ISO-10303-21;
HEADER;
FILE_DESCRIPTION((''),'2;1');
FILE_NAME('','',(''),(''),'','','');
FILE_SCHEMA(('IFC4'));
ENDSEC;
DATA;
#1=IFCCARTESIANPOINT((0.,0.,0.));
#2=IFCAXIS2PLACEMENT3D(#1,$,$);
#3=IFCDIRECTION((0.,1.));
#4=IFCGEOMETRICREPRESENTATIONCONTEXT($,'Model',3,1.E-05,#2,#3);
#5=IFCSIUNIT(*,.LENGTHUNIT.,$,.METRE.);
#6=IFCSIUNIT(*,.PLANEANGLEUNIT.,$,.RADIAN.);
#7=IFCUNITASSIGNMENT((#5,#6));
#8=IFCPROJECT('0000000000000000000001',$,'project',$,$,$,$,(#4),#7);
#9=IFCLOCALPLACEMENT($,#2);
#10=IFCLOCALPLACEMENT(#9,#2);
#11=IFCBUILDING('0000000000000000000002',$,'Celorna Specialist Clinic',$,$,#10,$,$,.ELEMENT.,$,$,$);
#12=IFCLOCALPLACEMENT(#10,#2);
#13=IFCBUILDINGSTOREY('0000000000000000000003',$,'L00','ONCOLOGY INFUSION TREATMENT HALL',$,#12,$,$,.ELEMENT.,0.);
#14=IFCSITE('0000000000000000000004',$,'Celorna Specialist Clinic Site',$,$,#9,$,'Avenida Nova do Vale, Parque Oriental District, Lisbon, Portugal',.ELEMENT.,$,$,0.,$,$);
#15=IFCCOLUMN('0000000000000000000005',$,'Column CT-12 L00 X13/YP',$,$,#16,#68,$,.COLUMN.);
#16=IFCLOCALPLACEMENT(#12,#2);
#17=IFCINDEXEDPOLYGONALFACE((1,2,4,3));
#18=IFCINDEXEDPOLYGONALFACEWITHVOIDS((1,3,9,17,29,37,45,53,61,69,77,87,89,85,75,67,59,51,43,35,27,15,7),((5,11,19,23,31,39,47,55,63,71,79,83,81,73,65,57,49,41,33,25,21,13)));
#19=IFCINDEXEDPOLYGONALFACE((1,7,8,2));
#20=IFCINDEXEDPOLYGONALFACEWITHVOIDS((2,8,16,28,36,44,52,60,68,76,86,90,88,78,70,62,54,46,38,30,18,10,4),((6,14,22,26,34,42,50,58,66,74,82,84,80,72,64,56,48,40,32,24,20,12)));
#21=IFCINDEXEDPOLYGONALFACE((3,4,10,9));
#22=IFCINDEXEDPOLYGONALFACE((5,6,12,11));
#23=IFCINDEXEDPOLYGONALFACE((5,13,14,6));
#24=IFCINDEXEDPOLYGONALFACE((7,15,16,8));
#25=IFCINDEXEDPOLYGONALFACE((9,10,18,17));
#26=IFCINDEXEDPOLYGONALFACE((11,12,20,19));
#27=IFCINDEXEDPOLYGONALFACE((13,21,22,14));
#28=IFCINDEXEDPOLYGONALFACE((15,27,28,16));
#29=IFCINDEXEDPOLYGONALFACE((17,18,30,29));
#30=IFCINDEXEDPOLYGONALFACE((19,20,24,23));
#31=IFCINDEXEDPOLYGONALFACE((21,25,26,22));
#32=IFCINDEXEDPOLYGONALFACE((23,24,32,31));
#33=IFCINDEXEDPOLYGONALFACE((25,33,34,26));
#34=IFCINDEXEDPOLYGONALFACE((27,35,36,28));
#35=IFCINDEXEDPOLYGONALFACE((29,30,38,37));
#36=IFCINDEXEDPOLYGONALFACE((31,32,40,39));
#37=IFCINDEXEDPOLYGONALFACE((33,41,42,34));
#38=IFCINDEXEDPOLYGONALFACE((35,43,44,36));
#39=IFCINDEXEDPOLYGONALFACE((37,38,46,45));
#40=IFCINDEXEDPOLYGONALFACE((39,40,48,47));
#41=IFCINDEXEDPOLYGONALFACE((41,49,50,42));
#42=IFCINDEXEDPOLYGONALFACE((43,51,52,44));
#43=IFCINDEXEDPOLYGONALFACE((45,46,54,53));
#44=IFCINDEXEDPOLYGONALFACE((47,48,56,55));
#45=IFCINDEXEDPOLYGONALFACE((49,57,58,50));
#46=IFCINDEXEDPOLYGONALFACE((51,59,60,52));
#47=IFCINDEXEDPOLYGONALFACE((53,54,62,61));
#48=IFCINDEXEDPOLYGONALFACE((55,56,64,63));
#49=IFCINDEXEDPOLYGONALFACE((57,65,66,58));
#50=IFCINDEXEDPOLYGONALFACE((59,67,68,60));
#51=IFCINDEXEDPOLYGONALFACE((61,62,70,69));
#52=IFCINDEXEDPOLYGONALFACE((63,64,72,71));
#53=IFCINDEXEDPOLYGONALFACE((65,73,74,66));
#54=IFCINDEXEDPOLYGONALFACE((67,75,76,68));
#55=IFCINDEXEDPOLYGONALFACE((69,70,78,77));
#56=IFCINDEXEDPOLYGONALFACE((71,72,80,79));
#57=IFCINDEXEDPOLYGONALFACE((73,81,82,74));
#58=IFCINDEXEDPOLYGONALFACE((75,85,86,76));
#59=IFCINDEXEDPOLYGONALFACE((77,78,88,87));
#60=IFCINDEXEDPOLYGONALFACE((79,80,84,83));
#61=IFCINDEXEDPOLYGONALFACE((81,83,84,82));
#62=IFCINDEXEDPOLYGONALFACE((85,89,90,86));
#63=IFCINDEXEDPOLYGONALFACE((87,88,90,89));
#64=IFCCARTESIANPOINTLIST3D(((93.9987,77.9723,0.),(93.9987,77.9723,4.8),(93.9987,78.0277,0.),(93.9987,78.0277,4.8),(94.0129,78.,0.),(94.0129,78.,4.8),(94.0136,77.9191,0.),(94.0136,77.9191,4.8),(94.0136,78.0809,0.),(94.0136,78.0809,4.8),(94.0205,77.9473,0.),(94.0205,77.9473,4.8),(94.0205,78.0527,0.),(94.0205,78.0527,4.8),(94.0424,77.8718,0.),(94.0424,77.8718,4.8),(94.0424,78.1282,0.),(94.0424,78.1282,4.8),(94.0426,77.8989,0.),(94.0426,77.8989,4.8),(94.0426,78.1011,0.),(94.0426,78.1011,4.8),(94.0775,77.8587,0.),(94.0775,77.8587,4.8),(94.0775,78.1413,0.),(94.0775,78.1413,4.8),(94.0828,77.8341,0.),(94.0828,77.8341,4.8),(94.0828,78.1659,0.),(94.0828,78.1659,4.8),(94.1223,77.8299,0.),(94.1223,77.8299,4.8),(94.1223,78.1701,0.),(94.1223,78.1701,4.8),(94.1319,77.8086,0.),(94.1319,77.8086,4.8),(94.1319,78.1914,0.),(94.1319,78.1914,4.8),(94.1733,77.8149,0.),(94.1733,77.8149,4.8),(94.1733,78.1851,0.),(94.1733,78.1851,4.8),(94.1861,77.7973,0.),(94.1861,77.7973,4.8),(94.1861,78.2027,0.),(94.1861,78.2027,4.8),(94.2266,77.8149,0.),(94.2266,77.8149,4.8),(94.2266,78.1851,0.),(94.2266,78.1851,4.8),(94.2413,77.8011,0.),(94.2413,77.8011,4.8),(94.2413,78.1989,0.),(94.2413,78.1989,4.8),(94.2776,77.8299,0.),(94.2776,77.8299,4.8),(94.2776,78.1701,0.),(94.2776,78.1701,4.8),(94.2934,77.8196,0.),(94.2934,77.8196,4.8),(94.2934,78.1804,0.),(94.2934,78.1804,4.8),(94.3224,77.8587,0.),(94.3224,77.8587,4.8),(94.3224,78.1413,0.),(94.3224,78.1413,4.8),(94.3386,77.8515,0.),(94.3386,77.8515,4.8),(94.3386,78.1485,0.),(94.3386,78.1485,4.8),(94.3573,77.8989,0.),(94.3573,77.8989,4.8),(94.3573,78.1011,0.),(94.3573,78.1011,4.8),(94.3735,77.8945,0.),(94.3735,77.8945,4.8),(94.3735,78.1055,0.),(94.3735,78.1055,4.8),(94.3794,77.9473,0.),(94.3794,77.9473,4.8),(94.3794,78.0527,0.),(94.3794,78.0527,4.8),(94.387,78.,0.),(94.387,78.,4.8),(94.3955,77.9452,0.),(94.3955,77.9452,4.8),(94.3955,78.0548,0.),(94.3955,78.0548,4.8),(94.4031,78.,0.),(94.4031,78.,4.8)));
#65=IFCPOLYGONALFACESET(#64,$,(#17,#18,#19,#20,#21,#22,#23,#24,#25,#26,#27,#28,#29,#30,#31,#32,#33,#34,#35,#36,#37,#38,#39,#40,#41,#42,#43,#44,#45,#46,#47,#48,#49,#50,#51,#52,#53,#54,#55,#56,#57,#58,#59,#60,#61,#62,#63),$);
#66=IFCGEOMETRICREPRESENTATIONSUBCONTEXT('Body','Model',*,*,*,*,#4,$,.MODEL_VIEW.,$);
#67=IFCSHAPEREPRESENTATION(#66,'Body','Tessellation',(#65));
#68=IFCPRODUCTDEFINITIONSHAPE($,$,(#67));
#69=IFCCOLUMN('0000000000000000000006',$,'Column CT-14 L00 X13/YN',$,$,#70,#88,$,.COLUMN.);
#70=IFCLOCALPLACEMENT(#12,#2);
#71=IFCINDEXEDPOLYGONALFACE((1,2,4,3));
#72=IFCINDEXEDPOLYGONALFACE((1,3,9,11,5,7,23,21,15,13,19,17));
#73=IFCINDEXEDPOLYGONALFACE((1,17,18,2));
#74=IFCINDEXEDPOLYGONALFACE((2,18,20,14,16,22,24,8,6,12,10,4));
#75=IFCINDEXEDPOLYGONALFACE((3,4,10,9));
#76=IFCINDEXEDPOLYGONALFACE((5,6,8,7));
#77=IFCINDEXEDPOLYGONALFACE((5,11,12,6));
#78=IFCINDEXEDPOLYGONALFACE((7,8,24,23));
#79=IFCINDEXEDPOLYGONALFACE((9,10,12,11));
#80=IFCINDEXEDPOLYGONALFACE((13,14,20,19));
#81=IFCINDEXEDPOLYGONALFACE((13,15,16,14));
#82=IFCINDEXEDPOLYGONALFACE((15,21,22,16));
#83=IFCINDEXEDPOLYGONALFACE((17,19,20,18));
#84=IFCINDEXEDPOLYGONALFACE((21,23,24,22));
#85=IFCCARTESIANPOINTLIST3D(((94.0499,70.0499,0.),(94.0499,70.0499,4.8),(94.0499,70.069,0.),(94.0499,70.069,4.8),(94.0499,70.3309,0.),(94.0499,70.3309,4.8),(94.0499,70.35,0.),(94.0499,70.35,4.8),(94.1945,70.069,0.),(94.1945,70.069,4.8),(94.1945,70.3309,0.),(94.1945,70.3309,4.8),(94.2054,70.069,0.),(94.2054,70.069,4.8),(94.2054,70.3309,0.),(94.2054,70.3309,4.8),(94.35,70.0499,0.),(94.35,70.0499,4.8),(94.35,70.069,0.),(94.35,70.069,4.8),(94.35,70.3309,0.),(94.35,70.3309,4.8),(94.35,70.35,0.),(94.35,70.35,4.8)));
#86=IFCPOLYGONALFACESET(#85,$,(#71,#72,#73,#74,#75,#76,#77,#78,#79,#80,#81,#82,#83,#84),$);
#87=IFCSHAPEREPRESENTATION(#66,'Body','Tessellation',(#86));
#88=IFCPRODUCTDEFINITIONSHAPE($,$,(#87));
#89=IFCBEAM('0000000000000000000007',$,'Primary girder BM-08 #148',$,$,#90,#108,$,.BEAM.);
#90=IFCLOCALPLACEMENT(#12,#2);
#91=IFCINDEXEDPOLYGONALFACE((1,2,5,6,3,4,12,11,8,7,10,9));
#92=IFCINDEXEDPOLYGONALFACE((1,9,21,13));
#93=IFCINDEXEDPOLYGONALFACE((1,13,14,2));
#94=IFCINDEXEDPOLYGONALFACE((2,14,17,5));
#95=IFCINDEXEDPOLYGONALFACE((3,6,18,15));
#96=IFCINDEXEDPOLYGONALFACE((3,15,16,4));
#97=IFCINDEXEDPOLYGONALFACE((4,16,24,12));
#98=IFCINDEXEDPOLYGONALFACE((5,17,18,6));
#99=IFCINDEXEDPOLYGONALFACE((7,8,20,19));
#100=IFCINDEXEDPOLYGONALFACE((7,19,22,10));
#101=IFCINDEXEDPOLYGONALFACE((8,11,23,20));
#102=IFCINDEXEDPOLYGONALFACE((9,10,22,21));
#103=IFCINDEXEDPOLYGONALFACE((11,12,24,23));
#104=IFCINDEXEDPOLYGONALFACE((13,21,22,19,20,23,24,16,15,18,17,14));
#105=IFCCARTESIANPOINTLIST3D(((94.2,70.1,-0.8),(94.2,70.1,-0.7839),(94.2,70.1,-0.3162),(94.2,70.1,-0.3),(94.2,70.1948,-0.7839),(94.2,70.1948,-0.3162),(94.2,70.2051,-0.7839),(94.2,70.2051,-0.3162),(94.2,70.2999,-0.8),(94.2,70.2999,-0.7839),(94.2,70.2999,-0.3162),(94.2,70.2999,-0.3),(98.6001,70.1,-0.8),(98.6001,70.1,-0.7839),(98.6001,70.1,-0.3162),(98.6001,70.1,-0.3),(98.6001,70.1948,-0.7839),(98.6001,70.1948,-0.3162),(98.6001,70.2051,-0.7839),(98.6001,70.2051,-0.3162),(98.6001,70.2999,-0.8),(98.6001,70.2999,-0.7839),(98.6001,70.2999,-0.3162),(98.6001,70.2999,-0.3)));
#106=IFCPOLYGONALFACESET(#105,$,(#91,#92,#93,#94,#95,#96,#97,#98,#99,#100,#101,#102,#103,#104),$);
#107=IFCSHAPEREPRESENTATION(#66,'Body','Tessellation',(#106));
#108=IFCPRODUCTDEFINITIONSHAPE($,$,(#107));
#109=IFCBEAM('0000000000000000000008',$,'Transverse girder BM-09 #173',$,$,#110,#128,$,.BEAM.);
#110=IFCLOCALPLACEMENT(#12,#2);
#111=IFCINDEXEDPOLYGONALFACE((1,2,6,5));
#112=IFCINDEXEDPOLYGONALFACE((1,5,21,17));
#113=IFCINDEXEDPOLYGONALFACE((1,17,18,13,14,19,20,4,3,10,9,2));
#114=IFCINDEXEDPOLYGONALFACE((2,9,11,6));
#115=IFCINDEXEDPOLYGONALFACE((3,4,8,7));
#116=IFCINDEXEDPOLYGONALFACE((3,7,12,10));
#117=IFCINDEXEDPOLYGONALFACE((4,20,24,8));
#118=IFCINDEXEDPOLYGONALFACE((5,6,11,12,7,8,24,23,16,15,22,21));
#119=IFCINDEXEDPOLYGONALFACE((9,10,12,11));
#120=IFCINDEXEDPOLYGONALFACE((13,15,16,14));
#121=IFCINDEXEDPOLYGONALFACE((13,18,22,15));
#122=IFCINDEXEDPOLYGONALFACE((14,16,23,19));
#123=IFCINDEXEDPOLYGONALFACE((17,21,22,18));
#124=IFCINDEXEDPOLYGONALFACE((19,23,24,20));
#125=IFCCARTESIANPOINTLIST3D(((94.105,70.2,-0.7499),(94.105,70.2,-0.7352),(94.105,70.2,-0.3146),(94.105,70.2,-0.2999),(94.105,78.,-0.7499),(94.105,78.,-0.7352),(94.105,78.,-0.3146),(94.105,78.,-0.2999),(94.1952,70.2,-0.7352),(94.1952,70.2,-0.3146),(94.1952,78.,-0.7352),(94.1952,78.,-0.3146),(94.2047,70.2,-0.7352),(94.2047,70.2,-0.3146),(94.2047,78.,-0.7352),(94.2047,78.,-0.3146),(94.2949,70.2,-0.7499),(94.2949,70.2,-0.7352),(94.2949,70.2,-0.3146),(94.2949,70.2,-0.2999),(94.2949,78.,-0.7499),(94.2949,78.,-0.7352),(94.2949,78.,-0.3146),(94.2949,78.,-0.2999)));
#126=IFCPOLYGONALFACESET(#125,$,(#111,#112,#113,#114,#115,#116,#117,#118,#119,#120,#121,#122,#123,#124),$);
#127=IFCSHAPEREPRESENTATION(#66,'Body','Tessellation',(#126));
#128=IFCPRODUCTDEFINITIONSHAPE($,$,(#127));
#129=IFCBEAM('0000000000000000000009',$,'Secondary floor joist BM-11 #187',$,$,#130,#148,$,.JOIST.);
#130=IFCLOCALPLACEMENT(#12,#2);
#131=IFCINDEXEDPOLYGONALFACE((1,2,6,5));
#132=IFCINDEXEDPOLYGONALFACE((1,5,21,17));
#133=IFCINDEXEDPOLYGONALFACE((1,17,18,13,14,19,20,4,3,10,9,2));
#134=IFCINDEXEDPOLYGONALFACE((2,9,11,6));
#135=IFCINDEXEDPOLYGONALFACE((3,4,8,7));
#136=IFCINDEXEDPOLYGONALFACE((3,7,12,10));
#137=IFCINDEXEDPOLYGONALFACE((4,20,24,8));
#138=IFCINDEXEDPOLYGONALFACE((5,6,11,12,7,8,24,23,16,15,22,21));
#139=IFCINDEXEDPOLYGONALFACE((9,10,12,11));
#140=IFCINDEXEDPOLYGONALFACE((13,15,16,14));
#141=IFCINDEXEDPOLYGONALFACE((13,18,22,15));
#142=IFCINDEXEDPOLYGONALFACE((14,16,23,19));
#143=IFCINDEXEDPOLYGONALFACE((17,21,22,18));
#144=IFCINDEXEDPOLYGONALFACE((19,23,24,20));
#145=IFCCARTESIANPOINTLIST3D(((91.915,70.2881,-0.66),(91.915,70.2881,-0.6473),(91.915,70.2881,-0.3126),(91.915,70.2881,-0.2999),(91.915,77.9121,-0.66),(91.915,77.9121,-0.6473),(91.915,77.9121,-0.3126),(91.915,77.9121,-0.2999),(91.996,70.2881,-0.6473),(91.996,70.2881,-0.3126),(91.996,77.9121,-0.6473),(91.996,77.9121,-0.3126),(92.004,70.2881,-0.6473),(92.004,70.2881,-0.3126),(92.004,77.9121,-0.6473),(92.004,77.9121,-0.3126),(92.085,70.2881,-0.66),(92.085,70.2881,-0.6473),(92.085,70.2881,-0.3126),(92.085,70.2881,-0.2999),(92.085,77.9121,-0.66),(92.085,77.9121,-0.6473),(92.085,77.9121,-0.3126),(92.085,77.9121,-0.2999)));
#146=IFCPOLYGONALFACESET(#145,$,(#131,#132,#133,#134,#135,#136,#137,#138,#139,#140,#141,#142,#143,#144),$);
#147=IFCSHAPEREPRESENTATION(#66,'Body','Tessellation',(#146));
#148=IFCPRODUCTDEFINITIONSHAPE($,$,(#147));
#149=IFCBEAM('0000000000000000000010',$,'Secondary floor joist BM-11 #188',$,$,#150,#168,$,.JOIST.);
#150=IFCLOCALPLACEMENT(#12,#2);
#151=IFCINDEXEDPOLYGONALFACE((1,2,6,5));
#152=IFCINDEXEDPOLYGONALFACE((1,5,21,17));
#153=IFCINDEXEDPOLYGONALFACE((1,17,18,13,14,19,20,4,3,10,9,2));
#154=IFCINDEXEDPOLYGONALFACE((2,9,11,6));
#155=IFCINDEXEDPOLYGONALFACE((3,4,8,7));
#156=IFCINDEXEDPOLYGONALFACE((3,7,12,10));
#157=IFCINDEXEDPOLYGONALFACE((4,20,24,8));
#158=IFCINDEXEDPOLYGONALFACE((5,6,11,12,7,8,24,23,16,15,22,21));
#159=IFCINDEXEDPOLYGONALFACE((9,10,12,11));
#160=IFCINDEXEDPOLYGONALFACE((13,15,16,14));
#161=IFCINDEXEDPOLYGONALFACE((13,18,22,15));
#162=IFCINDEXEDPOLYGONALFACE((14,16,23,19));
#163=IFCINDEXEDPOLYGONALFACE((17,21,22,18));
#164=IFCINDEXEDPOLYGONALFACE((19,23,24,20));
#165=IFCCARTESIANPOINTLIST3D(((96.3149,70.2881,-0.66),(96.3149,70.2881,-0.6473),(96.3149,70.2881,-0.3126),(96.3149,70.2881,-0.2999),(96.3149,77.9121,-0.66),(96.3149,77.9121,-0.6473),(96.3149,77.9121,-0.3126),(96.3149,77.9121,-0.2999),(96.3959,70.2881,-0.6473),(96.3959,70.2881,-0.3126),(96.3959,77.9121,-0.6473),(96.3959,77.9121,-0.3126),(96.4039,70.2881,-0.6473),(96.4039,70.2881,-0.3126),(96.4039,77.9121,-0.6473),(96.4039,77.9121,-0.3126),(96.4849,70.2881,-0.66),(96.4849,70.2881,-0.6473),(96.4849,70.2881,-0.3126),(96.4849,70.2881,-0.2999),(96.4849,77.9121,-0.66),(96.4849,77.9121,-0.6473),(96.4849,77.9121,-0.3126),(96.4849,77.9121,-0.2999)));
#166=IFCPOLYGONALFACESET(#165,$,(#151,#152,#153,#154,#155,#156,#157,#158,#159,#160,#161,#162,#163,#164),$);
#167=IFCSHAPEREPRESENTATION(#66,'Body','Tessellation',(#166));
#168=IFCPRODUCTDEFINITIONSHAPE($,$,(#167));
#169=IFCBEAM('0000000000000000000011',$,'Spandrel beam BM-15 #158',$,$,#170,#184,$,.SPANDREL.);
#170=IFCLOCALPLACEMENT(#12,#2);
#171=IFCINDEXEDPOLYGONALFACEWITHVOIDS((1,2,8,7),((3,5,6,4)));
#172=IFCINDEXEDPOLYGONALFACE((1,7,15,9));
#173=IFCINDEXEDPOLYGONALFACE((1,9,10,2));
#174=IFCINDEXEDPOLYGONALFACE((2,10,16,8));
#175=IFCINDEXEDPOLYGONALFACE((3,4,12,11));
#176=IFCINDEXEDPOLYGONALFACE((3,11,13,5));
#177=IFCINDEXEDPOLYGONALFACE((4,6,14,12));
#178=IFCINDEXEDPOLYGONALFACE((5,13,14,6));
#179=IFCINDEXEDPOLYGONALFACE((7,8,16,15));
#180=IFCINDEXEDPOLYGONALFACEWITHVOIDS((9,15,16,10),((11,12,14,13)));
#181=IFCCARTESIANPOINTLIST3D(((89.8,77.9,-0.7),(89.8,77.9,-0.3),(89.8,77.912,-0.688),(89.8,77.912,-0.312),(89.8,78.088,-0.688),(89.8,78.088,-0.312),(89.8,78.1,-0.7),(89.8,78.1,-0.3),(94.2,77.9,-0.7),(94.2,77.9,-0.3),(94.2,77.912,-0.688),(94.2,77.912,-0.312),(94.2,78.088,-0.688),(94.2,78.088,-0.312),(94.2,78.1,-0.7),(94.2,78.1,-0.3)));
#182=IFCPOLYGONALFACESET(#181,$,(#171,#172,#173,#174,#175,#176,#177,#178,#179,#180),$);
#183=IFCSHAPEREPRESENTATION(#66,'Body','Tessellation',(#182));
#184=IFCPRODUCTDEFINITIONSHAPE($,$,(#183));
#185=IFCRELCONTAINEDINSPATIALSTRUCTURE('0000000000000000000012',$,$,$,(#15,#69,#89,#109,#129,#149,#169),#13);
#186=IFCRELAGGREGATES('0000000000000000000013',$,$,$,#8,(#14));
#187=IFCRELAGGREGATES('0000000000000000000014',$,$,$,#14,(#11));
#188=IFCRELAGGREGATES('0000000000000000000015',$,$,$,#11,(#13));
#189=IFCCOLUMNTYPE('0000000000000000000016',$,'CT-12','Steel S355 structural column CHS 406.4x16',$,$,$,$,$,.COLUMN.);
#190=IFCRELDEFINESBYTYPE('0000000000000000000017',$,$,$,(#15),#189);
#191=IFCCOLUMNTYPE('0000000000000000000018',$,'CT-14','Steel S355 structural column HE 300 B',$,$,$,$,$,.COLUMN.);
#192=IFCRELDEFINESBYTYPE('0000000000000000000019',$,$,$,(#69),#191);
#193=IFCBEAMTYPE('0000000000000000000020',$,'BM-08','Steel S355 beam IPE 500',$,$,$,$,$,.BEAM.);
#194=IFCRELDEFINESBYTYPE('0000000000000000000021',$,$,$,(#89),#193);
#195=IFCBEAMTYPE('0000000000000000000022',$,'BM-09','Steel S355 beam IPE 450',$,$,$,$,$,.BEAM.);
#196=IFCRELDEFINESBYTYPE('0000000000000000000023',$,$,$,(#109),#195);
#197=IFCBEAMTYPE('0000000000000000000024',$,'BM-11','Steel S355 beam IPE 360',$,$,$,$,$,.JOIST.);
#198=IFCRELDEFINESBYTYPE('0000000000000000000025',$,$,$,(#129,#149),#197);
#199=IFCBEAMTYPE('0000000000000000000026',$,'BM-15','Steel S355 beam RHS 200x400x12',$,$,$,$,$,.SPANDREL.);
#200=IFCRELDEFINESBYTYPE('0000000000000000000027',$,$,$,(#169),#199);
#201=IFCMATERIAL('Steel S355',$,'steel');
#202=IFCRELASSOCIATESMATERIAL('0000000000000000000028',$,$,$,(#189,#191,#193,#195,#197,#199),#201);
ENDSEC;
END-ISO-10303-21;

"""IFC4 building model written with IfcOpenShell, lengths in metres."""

from ifc_helpers import new_model, si_unit, direction, frame, origin, origin_2d, place, context, subcontext, project, spatial, hollow_rectangle, hollow_circle, i_section, extrude, material, material_profile, profile_set, type_object, element, save


model = new_model("IFC4")

# Units and contexts
model_context = context("Model", 3, precision=1e-05, world=origin(), true_north=direction((0.0, 1.0)))
body_context = subcontext(model_context, "Body", "Model", "MODEL_VIEW")
ifc_project = project(units=[si_unit("LENGTHUNIT", "METRE"), si_unit("PLANEANGLEUNIT", "RADIAN")], contexts=[model_context])

# Site, building, storey
site_placement = place(None, origin())
site = spatial("IfcSite", under=ifc_project, at=site_placement, Name="Celorna Specialist Clinic Site", LongName="Avenida Nova do Vale, Parque Oriental District, Lisbon, Portugal", CompositionType="ELEMENT", RefElevation=0.0)
building_placement = place(site_placement, origin())
building = spatial("IfcBuilding", under=site, at=building_placement, Name="Celorna Specialist Clinic", CompositionType="ELEMENT")
storey_placement = place(building_placement, origin())
storey = spatial("IfcBuildingStorey", under=building, at=storey_placement, Name="L00", Description="ONCOLOGY INFUSION TREATMENT HALL", CompositionType="ELEMENT", Elevation=0.0)

# Columns
ifc_material_1 = material(Name="Steel S355", Category="steel")
ifc_material_profile_1 = material_profile(ifc_material_1, hollow_circle(Radius=0.2031, WallThickness=0.0161, at=origin_2d()), Name="CHS 406.4x16")
ifc_profile_set_1 = profile_set([ifc_material_profile_1], Name="Steel S355")
column_type_1 = type_object("IfcColumnType", Name="CT-12", Description="Steel S355 structural column CHS 406.4x16", PredefinedType="COLUMN", material=ifc_profile_set_1)
column_1_placement = place(storey_placement, frame((94.2, 78.0, 0.0), z_axis=(0.0, 0.0, 1.0), x_axis=(1.0, 0.0, 0.0)))
element("IfcColumn", 1, at=column_1_placement, inside=storey, type_object=column_type_1, Name="Column CT-12 L00 X13/YP", PredefinedType="COLUMN", context=body_context, shape_type="SweptSolid", body=[
    extrude(hollow_circle(Radius=0.2031, WallThickness=0.0161, at=origin_2d()), origin(), (0.0, 0.0, 1.0), 4.8),
])
ifc_material_profile_2 = material_profile(ifc_material_1, i_section(OverallWidth=0.3, OverallDepth=0.3, WebThickness=0.011, FlangeThickness=0.019, at=origin_2d()), Name="HE 300 B")
ifc_profile_set_2 = profile_set([ifc_material_profile_2], Name="Steel S355")
column_type_2 = type_object("IfcColumnType", Name="CT-14", Description="Steel S355 structural column HE 300 B", PredefinedType="COLUMN", material=ifc_profile_set_2)
column_2_placement = place(storey_placement, frame((94.2, 70.2, 0.0), z_axis=(0.0, 0.0, 1.0), x_axis=(1.0, 0.0, 0.0)))
element("IfcColumn", 2, at=column_2_placement, inside=storey, type_object=column_type_2, Name="Column CT-14 L00 X13/YN", PredefinedType="COLUMN", context=body_context, shape_type="SweptSolid", body=[
    extrude(i_section(OverallWidth=0.3, OverallDepth=0.3, WebThickness=0.011, FlangeThickness=0.019, at=origin_2d()), origin(), (0.0, 0.0, 1.0), 4.8),
])

# Beams
ifc_material_profile_3 = material_profile(ifc_material_1, i_section(OverallWidth=0.2, OverallDepth=0.5, WebThickness=0.0103, FlangeThickness=0.0161, at=origin_2d()), Name="IPE 500")
ifc_profile_set_3 = profile_set([ifc_material_profile_3], Name="Steel S355")
beam_type_1 = type_object("IfcBeamType", Name="BM-08", Description="Steel S355 beam IPE 500", PredefinedType="BEAM", material=ifc_profile_set_3)
beam_1_placement = place(storey_placement, frame((94.2, 70.2, -0.55), z_axis=(1.0, 0.0, 0.0), x_axis=(0.0, 1.0, 0.0)))
element("IfcBeam", 3, at=beam_1_placement, inside=storey, type_object=beam_type_1, Name="Primary girder BM-08 #148", PredefinedType="BEAM", context=body_context, shape_type="SweptSolid", body=[
    extrude(i_section(OverallWidth=0.2, OverallDepth=0.5, WebThickness=0.0103, FlangeThickness=0.0161, at=origin_2d()), origin(), (0.0, 0.0, 1.0), 4.4001),
])
ifc_material_profile_4 = material_profile(ifc_material_1, i_section(OverallWidth=0.1899, OverallDepth=0.45, WebThickness=0.0095, FlangeThickness=0.0146, at=origin_2d()), Name="IPE 450")
ifc_profile_set_4 = profile_set([ifc_material_profile_4], Name="Steel S355")
beam_type_2 = type_object("IfcBeamType", Name="BM-09", Description="Steel S355 beam IPE 450", PredefinedType="BEAM", material=ifc_profile_set_4)
beam_2_placement = place(storey_placement, frame((94.2, 70.2, -0.5249), z_axis=(0.0, 1.0, 0.0), x_axis=(-1.0, 0.0, 0.0)))
element("IfcBeam", 4, at=beam_2_placement, inside=storey, type_object=beam_type_2, Name="Transverse girder BM-09 #173", PredefinedType="BEAM", context=body_context, shape_type="SweptSolid", body=[
    extrude(i_section(OverallWidth=0.1899, OverallDepth=0.45, WebThickness=0.0095, FlangeThickness=0.0146, at=origin_2d()), origin(), (0.0, 0.0, 1.0), 7.8),
])
ifc_material_profile_5 = material_profile(ifc_material_1, i_section(OverallWidth=0.1699, OverallDepth=0.3601, WebThickness=0.0081, FlangeThickness=0.0127, at=origin_2d()), Name="IPE 360")
ifc_profile_set_5 = profile_set([ifc_material_profile_5], Name="Steel S355")
beam_type_3 = type_object("IfcBeamType", Name="BM-11", Description="Steel S355 beam IPE 360", PredefinedType="JOIST", material=ifc_profile_set_5)
for number, where, z_axis, x_axis, name in (
    (5, (92.0, 70.2881, -0.48), (0.0, 1.0, 0.0), (-1.0, 0.0, 0.0), "Secondary floor joist BM-11 #187"),
    (6, (96.3999, 70.2881, -0.48), (0.0, 1.0, 0.0), (-1.0, 0.0, 0.0), "Secondary floor joist BM-11 #188"),
):
    element("IfcBeam", number, at=place(storey_placement, frame(where, z_axis=z_axis, x_axis=x_axis)), inside=storey, type_object=beam_type_3, Name=name, PredefinedType="JOIST", context=body_context, shape_type="SweptSolid", body=[
        extrude(i_section(OverallWidth=0.1699, OverallDepth=0.3601, WebThickness=0.0081, FlangeThickness=0.0127, at=origin_2d()), origin(), (0.0, 0.0, 1.0), 7.624),
    ])
ifc_material_profile_6 = material_profile(ifc_material_1, hollow_rectangle(XDim=0.2, YDim=0.3999, WallThickness=0.012, at=origin_2d()), Name="RHS 200x400x12")
ifc_profile_set_6 = profile_set([ifc_material_profile_6], Name="Steel S355")
beam_type_4 = type_object("IfcBeamType", Name="BM-15", Description="Steel S355 beam RHS 200x400x12", PredefinedType="SPANDREL", material=ifc_profile_set_6)
beam_3_placement = place(storey_placement, frame((89.8, 78.0, -0.5), z_axis=(1.0, 0.0, 0.0), x_axis=(0.0, 1.0, 0.0)))
element("IfcBeam", 7, at=beam_3_placement, inside=storey, type_object=beam_type_4, Name="Spandrel beam BM-15 #158", PredefinedType="SPANDREL", context=body_context, shape_type="SweptSolid", body=[
    extrude(hollow_rectangle(XDim=0.2, YDim=0.3999, WallThickness=0.012, at=origin_2d()), origin(), (0.0, 0.0, 1.0), 4.3999),
])

save(model, "model.ifc")
